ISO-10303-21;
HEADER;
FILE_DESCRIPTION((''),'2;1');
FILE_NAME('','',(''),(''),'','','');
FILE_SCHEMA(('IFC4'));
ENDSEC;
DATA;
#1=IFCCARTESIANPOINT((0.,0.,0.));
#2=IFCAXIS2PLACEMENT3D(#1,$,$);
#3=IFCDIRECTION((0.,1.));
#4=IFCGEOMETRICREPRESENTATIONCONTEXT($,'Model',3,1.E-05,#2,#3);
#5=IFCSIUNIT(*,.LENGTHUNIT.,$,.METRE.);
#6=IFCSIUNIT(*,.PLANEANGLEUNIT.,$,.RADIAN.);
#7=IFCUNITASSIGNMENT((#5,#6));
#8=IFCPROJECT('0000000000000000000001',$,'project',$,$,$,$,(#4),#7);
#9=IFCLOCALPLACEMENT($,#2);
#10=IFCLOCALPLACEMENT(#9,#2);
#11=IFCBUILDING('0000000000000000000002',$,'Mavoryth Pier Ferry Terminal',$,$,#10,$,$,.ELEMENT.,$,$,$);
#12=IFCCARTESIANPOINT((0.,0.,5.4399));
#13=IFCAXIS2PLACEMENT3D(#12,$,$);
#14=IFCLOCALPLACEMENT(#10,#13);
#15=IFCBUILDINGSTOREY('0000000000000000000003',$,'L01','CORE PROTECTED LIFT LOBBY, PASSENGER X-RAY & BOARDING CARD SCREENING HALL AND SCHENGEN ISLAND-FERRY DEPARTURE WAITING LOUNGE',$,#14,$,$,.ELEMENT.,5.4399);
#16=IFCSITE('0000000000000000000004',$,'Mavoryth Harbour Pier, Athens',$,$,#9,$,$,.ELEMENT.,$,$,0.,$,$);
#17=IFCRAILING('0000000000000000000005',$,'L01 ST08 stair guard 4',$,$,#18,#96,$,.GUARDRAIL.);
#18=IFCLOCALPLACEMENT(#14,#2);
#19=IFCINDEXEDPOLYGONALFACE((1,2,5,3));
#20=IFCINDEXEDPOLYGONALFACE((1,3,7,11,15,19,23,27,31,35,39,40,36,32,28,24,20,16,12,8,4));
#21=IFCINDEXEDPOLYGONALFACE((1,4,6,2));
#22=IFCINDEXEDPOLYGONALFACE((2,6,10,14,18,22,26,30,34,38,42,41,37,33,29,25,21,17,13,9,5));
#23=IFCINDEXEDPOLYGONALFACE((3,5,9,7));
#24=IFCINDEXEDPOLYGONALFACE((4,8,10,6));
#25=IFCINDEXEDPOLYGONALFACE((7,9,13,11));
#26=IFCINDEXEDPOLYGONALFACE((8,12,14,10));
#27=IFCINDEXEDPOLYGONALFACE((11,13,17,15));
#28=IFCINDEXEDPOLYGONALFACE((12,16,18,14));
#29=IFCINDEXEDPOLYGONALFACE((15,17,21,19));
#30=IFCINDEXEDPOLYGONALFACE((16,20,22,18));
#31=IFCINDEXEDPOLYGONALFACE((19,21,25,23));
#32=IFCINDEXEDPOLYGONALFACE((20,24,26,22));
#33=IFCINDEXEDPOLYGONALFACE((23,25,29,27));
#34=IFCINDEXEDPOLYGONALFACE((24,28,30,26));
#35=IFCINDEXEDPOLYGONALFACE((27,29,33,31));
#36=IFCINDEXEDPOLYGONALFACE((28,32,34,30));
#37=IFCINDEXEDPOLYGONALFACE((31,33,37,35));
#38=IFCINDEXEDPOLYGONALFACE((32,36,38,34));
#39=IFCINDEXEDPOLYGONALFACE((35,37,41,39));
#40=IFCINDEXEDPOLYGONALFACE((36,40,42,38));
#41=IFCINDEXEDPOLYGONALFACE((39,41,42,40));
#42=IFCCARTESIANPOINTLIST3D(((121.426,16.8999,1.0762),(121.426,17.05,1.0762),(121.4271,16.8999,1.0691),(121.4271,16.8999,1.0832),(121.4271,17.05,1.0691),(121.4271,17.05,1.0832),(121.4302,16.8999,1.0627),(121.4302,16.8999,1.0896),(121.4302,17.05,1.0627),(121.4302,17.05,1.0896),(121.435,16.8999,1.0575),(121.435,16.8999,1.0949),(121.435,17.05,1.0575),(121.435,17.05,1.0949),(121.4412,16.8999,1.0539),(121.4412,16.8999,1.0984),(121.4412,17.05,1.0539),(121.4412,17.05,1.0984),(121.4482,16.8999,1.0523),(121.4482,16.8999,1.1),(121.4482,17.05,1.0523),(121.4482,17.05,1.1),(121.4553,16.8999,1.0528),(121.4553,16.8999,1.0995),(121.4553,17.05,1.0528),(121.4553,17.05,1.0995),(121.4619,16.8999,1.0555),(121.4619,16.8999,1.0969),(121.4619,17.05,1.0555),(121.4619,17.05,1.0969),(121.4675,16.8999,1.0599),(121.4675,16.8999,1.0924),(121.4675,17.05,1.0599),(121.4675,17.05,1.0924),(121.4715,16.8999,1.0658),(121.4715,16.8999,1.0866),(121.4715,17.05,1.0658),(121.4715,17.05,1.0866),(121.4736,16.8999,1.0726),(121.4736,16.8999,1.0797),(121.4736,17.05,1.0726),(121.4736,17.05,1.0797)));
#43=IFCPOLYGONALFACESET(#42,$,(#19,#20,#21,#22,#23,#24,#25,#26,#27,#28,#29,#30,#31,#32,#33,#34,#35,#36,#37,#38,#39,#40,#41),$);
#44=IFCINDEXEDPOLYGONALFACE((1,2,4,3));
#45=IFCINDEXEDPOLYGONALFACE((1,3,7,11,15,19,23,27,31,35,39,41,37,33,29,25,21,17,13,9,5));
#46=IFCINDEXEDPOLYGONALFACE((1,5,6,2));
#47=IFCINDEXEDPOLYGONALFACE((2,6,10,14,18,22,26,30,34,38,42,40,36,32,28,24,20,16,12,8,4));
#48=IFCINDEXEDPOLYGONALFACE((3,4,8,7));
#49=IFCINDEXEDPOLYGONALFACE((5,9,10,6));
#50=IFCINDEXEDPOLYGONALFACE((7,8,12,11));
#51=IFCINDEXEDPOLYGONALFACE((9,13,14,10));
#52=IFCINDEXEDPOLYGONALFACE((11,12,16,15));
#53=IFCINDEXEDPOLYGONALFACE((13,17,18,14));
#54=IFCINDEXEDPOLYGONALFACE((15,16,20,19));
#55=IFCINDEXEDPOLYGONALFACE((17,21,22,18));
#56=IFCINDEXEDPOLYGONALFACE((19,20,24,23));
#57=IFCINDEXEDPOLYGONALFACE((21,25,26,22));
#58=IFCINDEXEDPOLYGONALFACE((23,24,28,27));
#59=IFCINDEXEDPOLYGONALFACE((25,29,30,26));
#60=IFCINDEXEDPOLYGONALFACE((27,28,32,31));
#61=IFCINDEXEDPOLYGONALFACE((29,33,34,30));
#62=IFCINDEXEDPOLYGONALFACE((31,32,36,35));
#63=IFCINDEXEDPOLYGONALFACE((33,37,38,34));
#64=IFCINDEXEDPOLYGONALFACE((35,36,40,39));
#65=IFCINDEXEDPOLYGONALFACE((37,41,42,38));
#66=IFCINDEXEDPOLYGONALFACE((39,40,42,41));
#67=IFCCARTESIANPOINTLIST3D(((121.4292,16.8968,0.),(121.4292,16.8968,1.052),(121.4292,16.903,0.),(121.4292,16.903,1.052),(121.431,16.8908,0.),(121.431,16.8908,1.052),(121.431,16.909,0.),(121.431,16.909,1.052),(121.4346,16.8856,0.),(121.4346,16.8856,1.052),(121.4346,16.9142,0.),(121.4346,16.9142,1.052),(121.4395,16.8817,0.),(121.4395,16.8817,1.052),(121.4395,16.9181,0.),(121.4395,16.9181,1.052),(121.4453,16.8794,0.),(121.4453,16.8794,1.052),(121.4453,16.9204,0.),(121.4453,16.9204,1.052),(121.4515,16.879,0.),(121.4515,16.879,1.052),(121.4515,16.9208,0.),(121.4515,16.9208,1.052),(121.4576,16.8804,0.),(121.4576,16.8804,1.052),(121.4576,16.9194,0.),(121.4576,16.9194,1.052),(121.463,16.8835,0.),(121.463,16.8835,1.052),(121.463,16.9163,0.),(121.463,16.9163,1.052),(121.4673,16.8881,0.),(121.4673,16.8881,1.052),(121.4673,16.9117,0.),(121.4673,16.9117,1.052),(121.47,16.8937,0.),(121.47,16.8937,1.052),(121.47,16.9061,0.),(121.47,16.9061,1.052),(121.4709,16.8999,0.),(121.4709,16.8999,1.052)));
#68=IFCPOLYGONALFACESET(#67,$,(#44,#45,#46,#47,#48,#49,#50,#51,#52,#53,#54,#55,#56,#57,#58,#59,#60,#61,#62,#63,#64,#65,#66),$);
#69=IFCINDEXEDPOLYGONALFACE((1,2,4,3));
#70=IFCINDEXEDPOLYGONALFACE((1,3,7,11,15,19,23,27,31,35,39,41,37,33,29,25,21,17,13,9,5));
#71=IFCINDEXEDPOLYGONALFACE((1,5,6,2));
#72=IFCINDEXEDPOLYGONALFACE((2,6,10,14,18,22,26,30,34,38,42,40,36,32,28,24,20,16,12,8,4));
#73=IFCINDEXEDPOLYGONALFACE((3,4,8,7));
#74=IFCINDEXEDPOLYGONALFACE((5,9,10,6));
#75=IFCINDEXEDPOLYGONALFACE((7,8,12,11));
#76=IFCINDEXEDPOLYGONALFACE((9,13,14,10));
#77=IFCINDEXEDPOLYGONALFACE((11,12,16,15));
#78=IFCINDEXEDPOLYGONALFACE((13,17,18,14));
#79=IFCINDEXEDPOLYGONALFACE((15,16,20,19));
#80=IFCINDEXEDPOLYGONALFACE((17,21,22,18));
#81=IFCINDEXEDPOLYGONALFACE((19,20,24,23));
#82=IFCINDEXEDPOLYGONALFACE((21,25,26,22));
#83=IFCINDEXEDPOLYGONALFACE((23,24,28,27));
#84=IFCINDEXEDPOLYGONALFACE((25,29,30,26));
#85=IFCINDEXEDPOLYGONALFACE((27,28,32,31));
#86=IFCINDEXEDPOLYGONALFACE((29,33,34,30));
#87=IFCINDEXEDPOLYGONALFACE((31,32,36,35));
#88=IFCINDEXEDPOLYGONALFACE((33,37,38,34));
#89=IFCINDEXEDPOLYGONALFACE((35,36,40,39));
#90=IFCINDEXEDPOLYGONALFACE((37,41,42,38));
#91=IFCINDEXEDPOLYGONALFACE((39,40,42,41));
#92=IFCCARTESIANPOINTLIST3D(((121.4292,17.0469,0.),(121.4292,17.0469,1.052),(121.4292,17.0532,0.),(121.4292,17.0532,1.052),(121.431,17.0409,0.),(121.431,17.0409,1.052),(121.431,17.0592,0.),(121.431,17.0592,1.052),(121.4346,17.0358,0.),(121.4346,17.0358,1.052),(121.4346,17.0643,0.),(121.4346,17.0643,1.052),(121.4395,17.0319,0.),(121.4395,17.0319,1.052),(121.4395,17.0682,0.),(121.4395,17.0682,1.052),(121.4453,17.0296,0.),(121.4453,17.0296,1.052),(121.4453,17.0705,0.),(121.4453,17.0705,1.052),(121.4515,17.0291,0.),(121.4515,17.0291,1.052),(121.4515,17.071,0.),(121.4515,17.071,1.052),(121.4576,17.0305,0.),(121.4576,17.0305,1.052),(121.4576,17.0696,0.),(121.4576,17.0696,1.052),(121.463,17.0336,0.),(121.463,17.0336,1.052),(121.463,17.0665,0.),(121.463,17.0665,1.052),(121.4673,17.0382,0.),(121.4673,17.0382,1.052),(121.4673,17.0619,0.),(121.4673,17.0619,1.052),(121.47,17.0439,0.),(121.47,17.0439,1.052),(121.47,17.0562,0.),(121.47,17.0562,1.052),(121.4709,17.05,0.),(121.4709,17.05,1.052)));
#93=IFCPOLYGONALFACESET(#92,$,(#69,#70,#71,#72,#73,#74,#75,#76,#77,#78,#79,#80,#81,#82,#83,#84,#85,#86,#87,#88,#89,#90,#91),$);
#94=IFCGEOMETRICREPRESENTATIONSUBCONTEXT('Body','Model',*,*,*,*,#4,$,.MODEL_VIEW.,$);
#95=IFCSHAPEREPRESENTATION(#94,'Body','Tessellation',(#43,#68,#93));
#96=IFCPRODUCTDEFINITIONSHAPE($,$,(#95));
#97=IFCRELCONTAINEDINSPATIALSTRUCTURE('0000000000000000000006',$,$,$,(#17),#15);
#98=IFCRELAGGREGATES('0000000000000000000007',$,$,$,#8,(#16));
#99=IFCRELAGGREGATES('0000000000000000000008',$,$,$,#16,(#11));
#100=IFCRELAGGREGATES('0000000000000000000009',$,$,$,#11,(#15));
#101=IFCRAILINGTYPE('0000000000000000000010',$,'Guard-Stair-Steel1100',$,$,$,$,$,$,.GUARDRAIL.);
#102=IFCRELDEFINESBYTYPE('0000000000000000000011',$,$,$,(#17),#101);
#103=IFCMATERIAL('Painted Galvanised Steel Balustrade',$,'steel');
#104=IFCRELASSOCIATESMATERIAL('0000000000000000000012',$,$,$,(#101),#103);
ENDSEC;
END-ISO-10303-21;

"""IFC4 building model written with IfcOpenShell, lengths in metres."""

from ifc_helpers import new_model, si_unit, direction, frame, origin, origin_2d, place, context, subcontext, project, spatial, circle, extrude, material, type_object, element, save


model = new_model("IFC4")

# Units and contexts
model_context = context("Model", 3, precision=1e-05, world=origin(), true_north=direction((0.0, 1.0)))
body_context = subcontext(model_context, "Body", "Model", "MODEL_VIEW")
ifc_project = project(units=[si_unit("LENGTHUNIT", "METRE"), si_unit("PLANEANGLEUNIT", "RADIAN")], contexts=[model_context])

# Site, building, storey
site_placement = place(None, origin())
site = spatial("IfcSite", under=ifc_project, at=site_placement, Name="Mavoryth Harbour Pier, Athens", CompositionType="ELEMENT", RefElevation=0.0)
building_placement = place(site_placement, origin())
building = spatial("IfcBuilding", under=site, at=building_placement, Name="Mavoryth Pier Ferry Terminal", CompositionType="ELEMENT")
storey_placement = place(building_placement, frame((0.0, 0.0, 5.4399)))
storey = spatial("IfcBuildingStorey", under=building, at=storey_placement, Name="L01", Description="CORE PROTECTED LIFT LOBBY, PASSENGER X-RAY & BOARDING CARD SCREENING HALL AND SCHENGEN ISLAND-FERRY DEPARTURE WAITING LOUNGE", CompositionType="ELEMENT", Elevation=5.4399)

# Railing
ifc_material_1 = material(Name="Painted Galvanised Steel Balustrade", Category="steel")
railing_type_1 = type_object("IfcRailingType", Name="Guard-Stair-Steel1100", PredefinedType="GUARDRAIL", material=ifc_material_1)
railing_1_placement = place(storey_placement, frame((121.45, 16.8999, 0.0)))
element("IfcRailing", 1, at=railing_1_placement, inside=storey, type_object=railing_type_1, Name="L01 ST08 stair guard 4", PredefinedType="GUARDRAIL", context=body_context, shape_type="SweptSolid", body=[
    extrude(circle(Radius=0.0239, at=origin_2d()), frame((0.0, 0.0, 1.0762), z_axis=(0.0, 1.0, 0.0), x_axis=(-1.0, 0.0, 0.0)), (0.0, 0.0, 1.0), 0.1501),
    extrude(circle(Radius=0.021, at=origin_2d()), origin(), (0.0, 0.0, 1.0), 1.052),
    extrude(circle(Radius=0.021, at=origin_2d()), frame((0.0, 0.1501, 0.0)), (0.0, 0.0, 1.0), 1.052),
])

save(model, "model.ifc")
